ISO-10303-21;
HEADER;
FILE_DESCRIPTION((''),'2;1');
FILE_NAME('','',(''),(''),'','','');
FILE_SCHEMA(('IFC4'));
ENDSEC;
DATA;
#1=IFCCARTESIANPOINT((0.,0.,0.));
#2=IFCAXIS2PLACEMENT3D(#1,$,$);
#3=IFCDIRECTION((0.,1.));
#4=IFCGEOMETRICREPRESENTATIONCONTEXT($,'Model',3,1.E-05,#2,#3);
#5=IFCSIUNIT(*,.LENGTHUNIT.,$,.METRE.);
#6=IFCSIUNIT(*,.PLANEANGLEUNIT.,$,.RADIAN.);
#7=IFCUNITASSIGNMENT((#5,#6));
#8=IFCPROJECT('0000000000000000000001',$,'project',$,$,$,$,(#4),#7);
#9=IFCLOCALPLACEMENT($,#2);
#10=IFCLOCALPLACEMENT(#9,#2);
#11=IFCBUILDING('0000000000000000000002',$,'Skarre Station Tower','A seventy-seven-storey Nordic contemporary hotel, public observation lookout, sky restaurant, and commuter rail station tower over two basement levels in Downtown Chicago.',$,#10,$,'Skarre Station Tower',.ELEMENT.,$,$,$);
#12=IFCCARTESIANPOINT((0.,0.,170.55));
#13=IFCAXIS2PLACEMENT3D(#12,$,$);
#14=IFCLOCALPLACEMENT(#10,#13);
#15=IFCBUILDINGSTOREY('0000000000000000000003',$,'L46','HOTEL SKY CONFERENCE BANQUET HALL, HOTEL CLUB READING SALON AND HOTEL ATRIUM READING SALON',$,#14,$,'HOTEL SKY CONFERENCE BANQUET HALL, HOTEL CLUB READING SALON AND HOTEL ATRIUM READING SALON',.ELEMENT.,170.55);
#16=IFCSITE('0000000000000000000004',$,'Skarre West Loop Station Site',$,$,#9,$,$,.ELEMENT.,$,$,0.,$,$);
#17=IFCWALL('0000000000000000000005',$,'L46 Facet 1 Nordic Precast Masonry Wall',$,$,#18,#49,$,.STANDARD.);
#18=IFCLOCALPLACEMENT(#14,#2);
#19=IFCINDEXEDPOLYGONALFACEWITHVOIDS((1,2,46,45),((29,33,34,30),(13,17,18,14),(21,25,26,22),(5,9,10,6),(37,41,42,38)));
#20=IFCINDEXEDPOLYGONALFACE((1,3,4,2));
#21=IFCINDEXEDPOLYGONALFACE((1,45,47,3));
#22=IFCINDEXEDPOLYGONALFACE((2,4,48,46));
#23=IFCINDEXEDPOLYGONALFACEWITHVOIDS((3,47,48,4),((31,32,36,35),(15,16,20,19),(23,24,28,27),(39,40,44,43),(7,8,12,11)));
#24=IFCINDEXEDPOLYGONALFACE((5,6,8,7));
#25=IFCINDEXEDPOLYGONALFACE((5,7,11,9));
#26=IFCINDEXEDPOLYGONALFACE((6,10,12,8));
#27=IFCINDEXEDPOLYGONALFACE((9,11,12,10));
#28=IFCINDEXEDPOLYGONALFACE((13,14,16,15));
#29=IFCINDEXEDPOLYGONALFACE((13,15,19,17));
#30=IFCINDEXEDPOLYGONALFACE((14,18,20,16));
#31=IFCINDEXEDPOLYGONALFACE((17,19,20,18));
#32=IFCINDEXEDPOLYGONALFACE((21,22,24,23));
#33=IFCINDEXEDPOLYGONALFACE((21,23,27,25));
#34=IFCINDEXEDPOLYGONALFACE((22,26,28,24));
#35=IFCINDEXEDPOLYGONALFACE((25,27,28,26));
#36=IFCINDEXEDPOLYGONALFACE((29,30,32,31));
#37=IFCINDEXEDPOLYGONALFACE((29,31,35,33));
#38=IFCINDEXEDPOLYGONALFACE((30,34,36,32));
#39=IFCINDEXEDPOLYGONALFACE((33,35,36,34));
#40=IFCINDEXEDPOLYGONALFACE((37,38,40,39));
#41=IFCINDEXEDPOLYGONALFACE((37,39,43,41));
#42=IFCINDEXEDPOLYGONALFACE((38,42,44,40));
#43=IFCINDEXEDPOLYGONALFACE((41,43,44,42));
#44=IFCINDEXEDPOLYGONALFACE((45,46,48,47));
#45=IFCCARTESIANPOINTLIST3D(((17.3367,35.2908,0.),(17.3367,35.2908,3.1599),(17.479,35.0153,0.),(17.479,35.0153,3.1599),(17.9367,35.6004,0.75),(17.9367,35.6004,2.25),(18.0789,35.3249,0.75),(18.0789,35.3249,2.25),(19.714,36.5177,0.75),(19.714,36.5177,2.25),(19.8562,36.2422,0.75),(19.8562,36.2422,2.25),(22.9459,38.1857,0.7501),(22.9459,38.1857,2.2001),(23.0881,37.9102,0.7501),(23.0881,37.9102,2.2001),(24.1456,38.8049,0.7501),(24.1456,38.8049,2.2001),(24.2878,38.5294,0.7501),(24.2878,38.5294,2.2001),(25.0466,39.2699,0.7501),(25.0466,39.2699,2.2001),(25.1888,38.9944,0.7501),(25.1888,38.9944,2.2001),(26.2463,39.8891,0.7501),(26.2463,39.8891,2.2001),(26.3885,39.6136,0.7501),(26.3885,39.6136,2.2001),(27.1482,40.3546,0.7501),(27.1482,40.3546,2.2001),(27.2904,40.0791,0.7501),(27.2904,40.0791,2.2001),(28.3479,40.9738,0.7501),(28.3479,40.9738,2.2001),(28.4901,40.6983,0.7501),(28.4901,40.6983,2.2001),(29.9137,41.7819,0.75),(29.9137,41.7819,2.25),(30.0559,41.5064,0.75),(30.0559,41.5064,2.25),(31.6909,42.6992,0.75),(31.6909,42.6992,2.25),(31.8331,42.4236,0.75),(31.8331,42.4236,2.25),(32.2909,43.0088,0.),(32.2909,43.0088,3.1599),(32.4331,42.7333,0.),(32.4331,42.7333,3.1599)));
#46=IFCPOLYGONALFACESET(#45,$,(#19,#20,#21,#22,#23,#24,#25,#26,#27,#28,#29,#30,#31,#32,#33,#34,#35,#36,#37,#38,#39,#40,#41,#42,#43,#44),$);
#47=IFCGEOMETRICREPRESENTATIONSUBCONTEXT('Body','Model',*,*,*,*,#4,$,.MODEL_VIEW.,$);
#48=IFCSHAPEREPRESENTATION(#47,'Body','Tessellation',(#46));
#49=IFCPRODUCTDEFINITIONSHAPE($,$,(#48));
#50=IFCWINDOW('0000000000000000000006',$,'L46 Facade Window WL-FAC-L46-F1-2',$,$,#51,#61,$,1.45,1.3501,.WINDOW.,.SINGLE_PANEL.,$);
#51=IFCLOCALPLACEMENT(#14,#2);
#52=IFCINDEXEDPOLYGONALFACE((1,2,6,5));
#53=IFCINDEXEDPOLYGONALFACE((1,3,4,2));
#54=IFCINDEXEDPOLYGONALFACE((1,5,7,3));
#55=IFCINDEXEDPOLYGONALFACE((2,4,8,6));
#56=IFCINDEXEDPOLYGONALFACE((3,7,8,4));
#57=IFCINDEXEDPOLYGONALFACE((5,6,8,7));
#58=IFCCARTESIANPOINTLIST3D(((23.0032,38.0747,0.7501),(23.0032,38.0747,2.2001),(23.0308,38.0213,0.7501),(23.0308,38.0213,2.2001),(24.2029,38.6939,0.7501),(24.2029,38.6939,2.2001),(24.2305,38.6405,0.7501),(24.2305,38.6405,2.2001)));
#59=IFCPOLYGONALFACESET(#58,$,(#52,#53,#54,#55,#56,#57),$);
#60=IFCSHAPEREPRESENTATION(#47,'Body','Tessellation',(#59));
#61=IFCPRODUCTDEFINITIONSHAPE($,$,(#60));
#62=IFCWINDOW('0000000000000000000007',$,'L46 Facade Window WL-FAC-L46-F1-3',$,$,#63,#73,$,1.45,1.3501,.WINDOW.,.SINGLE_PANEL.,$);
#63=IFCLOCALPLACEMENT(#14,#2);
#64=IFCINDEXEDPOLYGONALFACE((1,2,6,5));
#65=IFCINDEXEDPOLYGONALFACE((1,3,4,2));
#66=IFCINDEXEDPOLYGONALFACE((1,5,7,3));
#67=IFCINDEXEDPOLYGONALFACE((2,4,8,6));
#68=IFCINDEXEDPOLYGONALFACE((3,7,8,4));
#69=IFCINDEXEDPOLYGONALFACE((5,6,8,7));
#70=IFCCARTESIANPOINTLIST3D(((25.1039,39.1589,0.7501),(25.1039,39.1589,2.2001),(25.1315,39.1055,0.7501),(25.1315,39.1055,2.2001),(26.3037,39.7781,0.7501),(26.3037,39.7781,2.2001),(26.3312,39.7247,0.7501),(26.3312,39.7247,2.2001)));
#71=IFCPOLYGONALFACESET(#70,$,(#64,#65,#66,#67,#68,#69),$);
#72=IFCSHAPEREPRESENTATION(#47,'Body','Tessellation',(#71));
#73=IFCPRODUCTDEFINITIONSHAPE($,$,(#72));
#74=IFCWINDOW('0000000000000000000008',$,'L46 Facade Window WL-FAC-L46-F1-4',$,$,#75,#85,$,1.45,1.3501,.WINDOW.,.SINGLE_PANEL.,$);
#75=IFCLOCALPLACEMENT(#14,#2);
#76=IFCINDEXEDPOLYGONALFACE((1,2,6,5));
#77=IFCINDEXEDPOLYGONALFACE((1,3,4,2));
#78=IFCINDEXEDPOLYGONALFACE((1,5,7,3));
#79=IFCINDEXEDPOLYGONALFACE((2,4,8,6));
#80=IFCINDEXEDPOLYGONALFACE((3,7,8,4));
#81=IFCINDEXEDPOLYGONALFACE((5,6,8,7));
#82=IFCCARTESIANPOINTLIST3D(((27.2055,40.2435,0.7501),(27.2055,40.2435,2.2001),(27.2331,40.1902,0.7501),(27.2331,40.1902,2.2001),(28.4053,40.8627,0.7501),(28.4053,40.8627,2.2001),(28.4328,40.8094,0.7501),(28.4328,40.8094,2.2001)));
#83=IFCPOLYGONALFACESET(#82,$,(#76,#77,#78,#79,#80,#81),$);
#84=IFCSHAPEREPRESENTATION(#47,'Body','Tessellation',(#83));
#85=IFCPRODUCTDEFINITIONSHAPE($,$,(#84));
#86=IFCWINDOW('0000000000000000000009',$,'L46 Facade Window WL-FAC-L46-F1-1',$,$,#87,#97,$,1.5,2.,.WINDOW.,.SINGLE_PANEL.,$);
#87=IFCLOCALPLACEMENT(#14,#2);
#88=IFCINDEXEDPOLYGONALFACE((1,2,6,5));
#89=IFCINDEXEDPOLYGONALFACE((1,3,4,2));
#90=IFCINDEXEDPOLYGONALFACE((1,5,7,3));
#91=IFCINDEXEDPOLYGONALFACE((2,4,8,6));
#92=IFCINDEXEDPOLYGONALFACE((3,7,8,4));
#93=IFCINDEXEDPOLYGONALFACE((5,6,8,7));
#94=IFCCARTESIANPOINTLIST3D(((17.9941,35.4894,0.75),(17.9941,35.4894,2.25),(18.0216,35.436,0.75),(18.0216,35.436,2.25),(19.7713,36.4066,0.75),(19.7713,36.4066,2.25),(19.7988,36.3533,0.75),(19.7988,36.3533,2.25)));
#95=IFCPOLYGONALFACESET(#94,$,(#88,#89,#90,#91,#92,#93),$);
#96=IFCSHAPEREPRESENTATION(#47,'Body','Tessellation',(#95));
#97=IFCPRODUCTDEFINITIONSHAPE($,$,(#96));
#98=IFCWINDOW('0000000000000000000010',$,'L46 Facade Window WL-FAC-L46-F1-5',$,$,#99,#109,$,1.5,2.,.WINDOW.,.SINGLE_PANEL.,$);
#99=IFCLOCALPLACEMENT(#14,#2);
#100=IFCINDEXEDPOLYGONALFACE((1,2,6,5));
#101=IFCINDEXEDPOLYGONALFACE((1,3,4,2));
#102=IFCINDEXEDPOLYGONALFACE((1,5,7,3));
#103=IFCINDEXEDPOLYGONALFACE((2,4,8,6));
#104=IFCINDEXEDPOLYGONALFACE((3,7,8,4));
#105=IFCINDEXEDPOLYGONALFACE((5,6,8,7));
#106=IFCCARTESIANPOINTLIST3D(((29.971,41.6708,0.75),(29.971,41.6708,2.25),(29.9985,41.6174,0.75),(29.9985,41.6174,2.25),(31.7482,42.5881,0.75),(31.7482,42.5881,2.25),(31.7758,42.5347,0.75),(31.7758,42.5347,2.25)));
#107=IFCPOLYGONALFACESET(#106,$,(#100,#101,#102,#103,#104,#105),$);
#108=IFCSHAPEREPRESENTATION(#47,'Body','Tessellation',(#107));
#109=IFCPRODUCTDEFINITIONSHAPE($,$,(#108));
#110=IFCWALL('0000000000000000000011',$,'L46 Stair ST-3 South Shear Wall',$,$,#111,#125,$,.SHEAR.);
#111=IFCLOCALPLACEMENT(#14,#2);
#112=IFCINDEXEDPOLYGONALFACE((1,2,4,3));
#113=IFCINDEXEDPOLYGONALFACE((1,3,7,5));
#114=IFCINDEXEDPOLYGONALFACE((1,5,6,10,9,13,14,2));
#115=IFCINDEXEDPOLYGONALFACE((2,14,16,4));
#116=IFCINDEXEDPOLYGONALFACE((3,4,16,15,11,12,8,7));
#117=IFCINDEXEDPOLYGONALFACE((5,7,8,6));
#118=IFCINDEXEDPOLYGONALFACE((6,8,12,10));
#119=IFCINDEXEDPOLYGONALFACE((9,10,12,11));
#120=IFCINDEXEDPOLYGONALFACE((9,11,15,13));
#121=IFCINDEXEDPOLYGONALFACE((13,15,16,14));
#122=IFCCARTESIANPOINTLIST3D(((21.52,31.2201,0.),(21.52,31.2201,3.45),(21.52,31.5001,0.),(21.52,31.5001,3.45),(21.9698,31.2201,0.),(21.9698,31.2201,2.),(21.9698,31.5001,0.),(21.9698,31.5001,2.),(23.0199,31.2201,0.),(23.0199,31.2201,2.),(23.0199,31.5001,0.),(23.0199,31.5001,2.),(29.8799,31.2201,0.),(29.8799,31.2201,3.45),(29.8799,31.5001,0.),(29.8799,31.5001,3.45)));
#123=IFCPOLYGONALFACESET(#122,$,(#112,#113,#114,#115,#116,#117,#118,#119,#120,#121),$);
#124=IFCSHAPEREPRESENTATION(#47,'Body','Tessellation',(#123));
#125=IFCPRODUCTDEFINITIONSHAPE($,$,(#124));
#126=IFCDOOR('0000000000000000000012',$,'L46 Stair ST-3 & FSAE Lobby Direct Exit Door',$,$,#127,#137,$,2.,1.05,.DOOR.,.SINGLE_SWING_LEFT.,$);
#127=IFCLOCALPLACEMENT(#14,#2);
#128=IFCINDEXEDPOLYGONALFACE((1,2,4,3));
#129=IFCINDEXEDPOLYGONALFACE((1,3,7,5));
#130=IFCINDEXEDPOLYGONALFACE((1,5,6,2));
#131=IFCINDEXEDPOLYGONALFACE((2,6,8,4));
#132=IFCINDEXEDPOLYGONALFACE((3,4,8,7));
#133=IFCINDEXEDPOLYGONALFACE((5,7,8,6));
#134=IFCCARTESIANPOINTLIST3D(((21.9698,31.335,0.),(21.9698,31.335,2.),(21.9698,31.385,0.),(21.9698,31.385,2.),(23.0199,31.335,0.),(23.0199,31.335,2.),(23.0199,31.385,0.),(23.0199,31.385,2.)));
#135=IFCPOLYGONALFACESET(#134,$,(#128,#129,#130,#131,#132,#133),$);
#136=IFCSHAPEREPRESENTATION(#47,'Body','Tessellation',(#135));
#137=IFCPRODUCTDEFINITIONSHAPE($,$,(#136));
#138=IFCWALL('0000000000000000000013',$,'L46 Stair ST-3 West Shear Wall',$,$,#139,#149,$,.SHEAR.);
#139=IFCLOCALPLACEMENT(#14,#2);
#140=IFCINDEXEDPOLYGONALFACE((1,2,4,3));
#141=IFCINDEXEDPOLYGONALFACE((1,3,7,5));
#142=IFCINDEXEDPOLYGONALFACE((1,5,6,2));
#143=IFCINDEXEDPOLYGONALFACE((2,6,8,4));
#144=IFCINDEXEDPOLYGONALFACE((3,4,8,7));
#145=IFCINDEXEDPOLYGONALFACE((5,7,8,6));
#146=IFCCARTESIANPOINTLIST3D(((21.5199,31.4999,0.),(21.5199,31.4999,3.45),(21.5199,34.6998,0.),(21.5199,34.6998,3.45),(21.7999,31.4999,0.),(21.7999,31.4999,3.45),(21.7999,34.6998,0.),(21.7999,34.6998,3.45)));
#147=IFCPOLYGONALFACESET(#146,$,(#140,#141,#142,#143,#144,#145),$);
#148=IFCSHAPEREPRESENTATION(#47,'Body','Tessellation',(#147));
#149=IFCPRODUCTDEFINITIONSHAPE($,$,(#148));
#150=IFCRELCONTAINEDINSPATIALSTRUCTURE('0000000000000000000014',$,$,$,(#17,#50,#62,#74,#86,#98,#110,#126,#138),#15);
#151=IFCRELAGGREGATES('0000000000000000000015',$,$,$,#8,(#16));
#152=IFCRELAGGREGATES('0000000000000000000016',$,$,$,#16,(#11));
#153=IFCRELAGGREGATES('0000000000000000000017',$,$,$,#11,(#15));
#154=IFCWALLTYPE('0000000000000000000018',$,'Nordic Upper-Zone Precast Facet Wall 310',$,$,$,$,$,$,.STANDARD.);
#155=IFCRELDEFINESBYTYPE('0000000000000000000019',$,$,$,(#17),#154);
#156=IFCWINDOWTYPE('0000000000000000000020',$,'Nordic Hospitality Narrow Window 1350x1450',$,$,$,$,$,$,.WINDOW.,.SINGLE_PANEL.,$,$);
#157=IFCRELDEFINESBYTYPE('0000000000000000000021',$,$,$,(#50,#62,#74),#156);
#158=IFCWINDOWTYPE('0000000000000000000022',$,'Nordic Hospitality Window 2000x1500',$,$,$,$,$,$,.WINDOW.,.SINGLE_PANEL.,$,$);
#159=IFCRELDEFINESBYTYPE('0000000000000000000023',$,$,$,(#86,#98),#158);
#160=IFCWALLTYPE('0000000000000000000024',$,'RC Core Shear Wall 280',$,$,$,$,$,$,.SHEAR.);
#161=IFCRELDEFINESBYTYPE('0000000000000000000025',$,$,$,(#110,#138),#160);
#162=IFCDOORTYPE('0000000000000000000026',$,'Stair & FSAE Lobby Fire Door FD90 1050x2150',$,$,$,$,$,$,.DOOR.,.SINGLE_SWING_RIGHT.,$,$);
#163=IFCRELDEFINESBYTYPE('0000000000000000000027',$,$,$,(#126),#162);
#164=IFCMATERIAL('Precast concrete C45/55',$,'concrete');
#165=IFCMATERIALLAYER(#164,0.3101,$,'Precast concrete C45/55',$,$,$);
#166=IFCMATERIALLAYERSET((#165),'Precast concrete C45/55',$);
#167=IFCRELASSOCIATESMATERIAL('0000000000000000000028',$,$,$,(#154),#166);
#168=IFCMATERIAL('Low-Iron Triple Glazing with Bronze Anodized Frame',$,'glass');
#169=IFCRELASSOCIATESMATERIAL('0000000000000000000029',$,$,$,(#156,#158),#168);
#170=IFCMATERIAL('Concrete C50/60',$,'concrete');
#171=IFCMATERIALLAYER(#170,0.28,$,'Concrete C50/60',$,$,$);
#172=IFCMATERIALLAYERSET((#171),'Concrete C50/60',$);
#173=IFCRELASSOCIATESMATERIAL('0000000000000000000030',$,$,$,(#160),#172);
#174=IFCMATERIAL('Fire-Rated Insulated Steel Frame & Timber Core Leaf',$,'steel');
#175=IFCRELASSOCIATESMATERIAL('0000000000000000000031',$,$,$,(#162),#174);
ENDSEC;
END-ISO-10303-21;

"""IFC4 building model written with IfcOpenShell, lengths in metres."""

from ifc_helpers import new_model, si_unit, direction, frame, frame_2d, origin, place, context, subcontext, project, spatial, rectangle, extrude, material, layer, layer_set, type_object, element, fill, save


model = new_model("IFC4")

# Units and contexts
model_context = context("Model", 3, precision=1e-05, world=origin(), true_north=direction((0.0, 1.0)))
body_context = subcontext(model_context, "Body", "Model", "MODEL_VIEW")
ifc_project = project(units=[si_unit("LENGTHUNIT", "METRE"), si_unit("PLANEANGLEUNIT", "RADIAN")], contexts=[model_context])

# Site, building, storey
site_placement = place(None, origin())
site = spatial("IfcSite", under=ifc_project, at=site_placement, Name="Skarre West Loop Station Site", CompositionType="ELEMENT", RefElevation=0.0)
building_placement = place(site_placement, origin())
building = spatial("IfcBuilding", under=site, at=building_placement, Name="Skarre Station Tower", Description="A seventy-seven-storey Nordic contemporary hotel, public observation lookout, sky restaurant, and commuter rail station tower over two basement levels in Downtown Chicago.", LongName="Skarre Station Tower", CompositionType="ELEMENT")
storey_placement = place(building_placement, frame((0.0, 0.0, 170.55)))
storey = spatial("IfcBuildingStorey", under=building, at=storey_placement, Name="L46", Description="HOTEL SKY CONFERENCE BANQUET HALL, HOTEL CLUB READING SALON AND HOTEL ATRIUM READING SALON", LongName="HOTEL SKY CONFERENCE BANQUET HALL, HOTEL CLUB READING SALON AND HOTEL ATRIUM READING SALON", CompositionType="ELEMENT", Elevation=170.55)

# Shared definitions
ifc_material_1 = material(Name="Concrete C50/60", Category="concrete")

# Shared definitions
ifc_material_2 = material(Name="Precast concrete C45/55", Category="concrete")

# Wall, openings, windows
ifc_layer_1 = layer(ifc_material_2, 0.3101, Name="Precast concrete C45/55")
ifc_layer_set_1 = layer_set([ifc_layer_1], Name="Precast concrete C45/55")
wall_type_1 = type_object("IfcWallType", Name="Nordic Upper-Zone Precast Facet Wall 310", PredefinedType="STANDARD", material=ifc_layer_set_1)
wall_1_placement = place(storey_placement, frame((17.408, 35.1531, 0.0), z_axis=(0.0, 0.0, 1.0), x_axis=(0.888626, 0.458632, 0.0)))
wall_1 = element("IfcWall", 1, at=wall_1_placement, inside=storey, type_object=wall_type_1, Name="L46 Facet 1 Nordic Precast Masonry Wall", PredefinedType="STANDARD", context=body_context, shape_type="SweptSolid", body=[
    extrude(rectangle(XDim=16.8284, YDim=0.3101, at=frame_2d((8.4141, 0.0))), origin(), (0.0, 0.0, 1.0), 3.1599),
])
opening_1_placement = place(wall_1_placement, frame((0.675, 0.0, 0.75)))
opening_1 = element("IfcOpeningElement", 2, at=opening_1_placement, cuts=wall_1, PredefinedType="OPENING", context=body_context, shape_type="SweptSolid", body=[
    extrude(rectangle(XDim=2.0, YDim=1.5, at=frame_2d((1.0, 0.75))), frame((0.0, 0.165, 0.0), z_axis=(0.0, -1.0, 0.0), x_axis=(1.0, 0.0, 0.0)), (0.0, 0.0, 1.0), 0.3301),
])
opening_2_placement = place(wall_1_placement, frame((6.312, 0.0, 0.75)))
opening_2 = element("IfcOpeningElement", 3, at=opening_2_placement, cuts=wall_1, PredefinedType="OPENING", context=body_context, shape_type="SweptSolid", body=[
    extrude(rectangle(XDim=1.3501, YDim=1.45, at=frame_2d((0.675, 0.7251))), frame((0.0, 0.165, 0.0), z_axis=(0.0, -1.0, 0.0), x_axis=(1.0, 0.0, 0.0)), (0.0, 0.0, 1.0), 0.3301),
])
opening_3_placement = place(wall_1_placement, frame((8.676, 0.0, 0.75)))
opening_3 = element("IfcOpeningElement", 4, at=opening_3_placement, cuts=wall_1, PredefinedType="OPENING", context=body_context, shape_type="SweptSolid", body=[
    extrude(rectangle(XDim=1.3501, YDim=1.45, at=frame_2d((0.675, 0.7251))), frame((0.0, 0.165, 0.0), z_axis=(0.0, -1.0, 0.0), x_axis=(1.0, 0.0, 0.0)), (0.0, 0.0, 1.0), 0.3301),
])
opening_4_placement = place(wall_1_placement, frame((11.041, 0.0, 0.75)))
opening_4 = element("IfcOpeningElement", 5, at=opening_4_placement, cuts=wall_1, PredefinedType="OPENING", context=body_context, shape_type="SweptSolid", body=[
    extrude(rectangle(XDim=1.3501, YDim=1.45, at=frame_2d((0.675, 0.7251))), frame((0.0, 0.165, 0.0), z_axis=(0.0, -1.0, 0.0), x_axis=(1.0, 0.0, 0.0)), (0.0, 0.0, 1.0), 0.3301),
])
opening_5_placement = place(wall_1_placement, frame((14.1531, 0.0, 0.75)))
opening_5 = element("IfcOpeningElement", 6, at=opening_5_placement, cuts=wall_1, PredefinedType="OPENING", context=body_context, shape_type="SweptSolid", body=[
    extrude(rectangle(XDim=2.0, YDim=1.5, at=frame_2d((1.0, 0.75))), frame((0.0, 0.165, 0.0), z_axis=(0.0, -1.0, 0.0), x_axis=(1.0, 0.0, 0.0)), (0.0, 0.0, 1.0), 0.3301),
])
ifc_material_3 = material(Name="Low-Iron Triple Glazing with Bronze Anodized Frame", Category="glass")
window_type_1 = type_object("IfcWindowType", Name="Nordic Hospitality Narrow Window 1350x1450", PartitioningType="SINGLE_PANEL", PredefinedType="WINDOW", material=ifc_material_3)
window_1_placement = place(opening_2_placement, origin())
window_1 = element("IfcWindow", 7, at=window_1_placement, inside=storey, type_object=window_type_1, Name="L46 Facade Window WL-FAC-L46-F1-2", OverallHeight=1.45, OverallWidth=1.3501, PartitioningType="SINGLE_PANEL", PredefinedType="WINDOW", context=body_context, shape_type="SweptSolid", body=[
    extrude(rectangle(XDim=1.3501, YDim=1.45, at=frame_2d((0.675, 0.7251))), frame((0.0, 0.03, 0.0), z_axis=(0.0, -1.0, 0.0), x_axis=(1.0, 0.0, 0.0)), (0.0, 0.0, 1.0), 0.0601),
])
fill(opening_2, window_1)
window_2_placement = place(opening_3_placement, origin())
window_2 = element("IfcWindow", 8, at=window_2_placement, inside=storey, type_object=window_type_1, Name="L46 Facade Window WL-FAC-L46-F1-3", OverallHeight=1.45, OverallWidth=1.3501, PartitioningType="SINGLE_PANEL", PredefinedType="WINDOW", context=body_context, shape_type="SweptSolid", body=[
    extrude(rectangle(XDim=1.3501, YDim=1.45, at=frame_2d((0.675, 0.7251))), frame((0.0, 0.03, 0.0), z_axis=(0.0, -1.0, 0.0), x_axis=(1.0, 0.0, 0.0)), (0.0, 0.0, 1.0), 0.0601),
])
fill(opening_3, window_2)
window_3_placement = place(opening_4_placement, origin())
window_3 = element("IfcWindow", 9, at=window_3_placement, inside=storey, type_object=window_type_1, Name="L46 Facade Window WL-FAC-L46-F1-4", OverallHeight=1.45, OverallWidth=1.3501, PartitioningType="SINGLE_PANEL", PredefinedType="WINDOW", context=body_context, shape_type="SweptSolid", body=[
    extrude(rectangle(XDim=1.3501, YDim=1.45, at=frame_2d((0.675, 0.7251))), frame((0.0, 0.03, 0.0), z_axis=(0.0, -1.0, 0.0), x_axis=(1.0, 0.0, 0.0)), (0.0, 0.0, 1.0), 0.0601),
])
fill(opening_4, window_3)
window_type_2 = type_object("IfcWindowType", Name="Nordic Hospitality Window 2000x1500", PartitioningType="SINGLE_PANEL", PredefinedType="WINDOW", material=ifc_material_3)
window_4_placement = place(opening_1_placement, origin())
window_4 = element("IfcWindow", 10, at=window_4_placement, inside=storey, type_object=window_type_2, Name="L46 Facade Window WL-FAC-L46-F1-1", OverallHeight=1.5, OverallWidth=2.0, PartitioningType="SINGLE_PANEL", PredefinedType="WINDOW", context=body_context, shape_type="SweptSolid", body=[
    extrude(rectangle(XDim=2.0, YDim=1.5, at=frame_2d((1.0, 0.75))), frame((0.0, 0.03, 0.0), z_axis=(0.0, -1.0, 0.0), x_axis=(1.0, 0.0, 0.0)), (0.0, 0.0, 1.0), 0.0601),
])
fill(opening_1, window_4)
window_5_placement = place(opening_5_placement, origin())
window_5 = element("IfcWindow", 11, at=window_5_placement, inside=storey, type_object=window_type_2, Name="L46 Facade Window WL-FAC-L46-F1-5", OverallHeight=1.5, OverallWidth=2.0, PartitioningType="SINGLE_PANEL", PredefinedType="WINDOW", context=body_context, shape_type="SweptSolid", body=[
    extrude(rectangle(XDim=2.0, YDim=1.5, at=frame_2d((1.0, 0.75))), frame((0.0, 0.03, 0.0), z_axis=(0.0, -1.0, 0.0), x_axis=(1.0, 0.0, 0.0)), (0.0, 0.0, 1.0), 0.0601),
])
fill(opening_5, window_5)

# Wall, opening, door
ifc_layer_2 = layer(ifc_material_1, 0.28, Name="Concrete C50/60")
ifc_layer_set_2 = layer_set([ifc_layer_2], Name="Concrete C50/60")
wall_type_2 = type_object("IfcWallType", Name="RC Core Shear Wall 280", PredefinedType="SHEAR", material=ifc_layer_set_2)
wall_2_placement = place(storey_placement, frame((21.52, 31.3601, 0.0), z_axis=(0.0, 0.0, 1.0), x_axis=(1.0, 0.0, 0.0)))
wall_2 = element("IfcWall", 12, at=wall_2_placement, inside=storey, type_object=wall_type_2, Name="L46 Stair ST-3 South Shear Wall", PredefinedType="SHEAR", context=body_context, shape_type="SweptSolid", body=[
    extrude(rectangle(XDim=8.3599, YDim=0.28, at=frame_2d((4.1799, 0.0))), origin(), (0.0, 0.0, 1.0), 3.45),
])
opening_6_placement = place(wall_2_placement, frame((0.45, 0.0, 0.0)))
opening_6 = element("IfcOpeningElement", 13, at=opening_6_placement, cuts=wall_2, PredefinedType="OPENING", context=body_context, shape_type="SweptSolid", body=[
    extrude(rectangle(XDim=1.05, YDim=2.0, at=frame_2d((0.5249, 1.0))), frame((0.0, 0.1499, 0.0), z_axis=(0.0, -1.0, 0.0), x_axis=(1.0, 0.0, 0.0)), (0.0, 0.0, 1.0), 0.3),
])
ifc_material_4 = material(Name="Fire-Rated Insulated Steel Frame & Timber Core Leaf", Category="steel")
door_type_1 = type_object("IfcDoorType", Name="Stair & FSAE Lobby Fire Door FD90 1050x2150", OperationType="SINGLE_SWING_RIGHT", PredefinedType="DOOR", material=ifc_material_4)
door_1_placement = place(opening_6_placement, origin())
door_1 = element("IfcDoor", 14, at=door_1_placement, inside=storey, type_object=door_type_1, Name="L46 Stair ST-3 & FSAE Lobby Direct Exit Door", OperationType="SINGLE_SWING_LEFT", OverallHeight=2.0, OverallWidth=1.05, PredefinedType="DOOR", context=body_context, shape_type="SweptSolid", body=[
    extrude(rectangle(XDim=1.05, YDim=2.0, at=frame_2d((0.5249, 1.0))), frame((0.0, 0.0249, 0.0), z_axis=(0.0, -1.0, 0.0), x_axis=(1.0, 0.0, 0.0)), (0.0, 0.0, 1.0), 0.05),
])
fill(opening_6, door_1)

# Wall
wall_3_placement = place(storey_placement, frame((21.6599, 34.7, 0.0), z_axis=(0.0, 0.0, 1.0), x_axis=(0.0, -1.0, 0.0)))
element("IfcWall", 15, at=wall_3_placement, inside=storey, type_object=wall_type_2, Name="L46 Stair ST-3 West Shear Wall", PredefinedType="SHEAR", context=body_context, shape_type="SweptSolid", body=[
    extrude(rectangle(XDim=3.2, YDim=0.28, at=frame_2d((1.6001, 0.0))), origin(), (0.0, 0.0, 1.0), 3.45),
])

save(model, "model.ifc")
